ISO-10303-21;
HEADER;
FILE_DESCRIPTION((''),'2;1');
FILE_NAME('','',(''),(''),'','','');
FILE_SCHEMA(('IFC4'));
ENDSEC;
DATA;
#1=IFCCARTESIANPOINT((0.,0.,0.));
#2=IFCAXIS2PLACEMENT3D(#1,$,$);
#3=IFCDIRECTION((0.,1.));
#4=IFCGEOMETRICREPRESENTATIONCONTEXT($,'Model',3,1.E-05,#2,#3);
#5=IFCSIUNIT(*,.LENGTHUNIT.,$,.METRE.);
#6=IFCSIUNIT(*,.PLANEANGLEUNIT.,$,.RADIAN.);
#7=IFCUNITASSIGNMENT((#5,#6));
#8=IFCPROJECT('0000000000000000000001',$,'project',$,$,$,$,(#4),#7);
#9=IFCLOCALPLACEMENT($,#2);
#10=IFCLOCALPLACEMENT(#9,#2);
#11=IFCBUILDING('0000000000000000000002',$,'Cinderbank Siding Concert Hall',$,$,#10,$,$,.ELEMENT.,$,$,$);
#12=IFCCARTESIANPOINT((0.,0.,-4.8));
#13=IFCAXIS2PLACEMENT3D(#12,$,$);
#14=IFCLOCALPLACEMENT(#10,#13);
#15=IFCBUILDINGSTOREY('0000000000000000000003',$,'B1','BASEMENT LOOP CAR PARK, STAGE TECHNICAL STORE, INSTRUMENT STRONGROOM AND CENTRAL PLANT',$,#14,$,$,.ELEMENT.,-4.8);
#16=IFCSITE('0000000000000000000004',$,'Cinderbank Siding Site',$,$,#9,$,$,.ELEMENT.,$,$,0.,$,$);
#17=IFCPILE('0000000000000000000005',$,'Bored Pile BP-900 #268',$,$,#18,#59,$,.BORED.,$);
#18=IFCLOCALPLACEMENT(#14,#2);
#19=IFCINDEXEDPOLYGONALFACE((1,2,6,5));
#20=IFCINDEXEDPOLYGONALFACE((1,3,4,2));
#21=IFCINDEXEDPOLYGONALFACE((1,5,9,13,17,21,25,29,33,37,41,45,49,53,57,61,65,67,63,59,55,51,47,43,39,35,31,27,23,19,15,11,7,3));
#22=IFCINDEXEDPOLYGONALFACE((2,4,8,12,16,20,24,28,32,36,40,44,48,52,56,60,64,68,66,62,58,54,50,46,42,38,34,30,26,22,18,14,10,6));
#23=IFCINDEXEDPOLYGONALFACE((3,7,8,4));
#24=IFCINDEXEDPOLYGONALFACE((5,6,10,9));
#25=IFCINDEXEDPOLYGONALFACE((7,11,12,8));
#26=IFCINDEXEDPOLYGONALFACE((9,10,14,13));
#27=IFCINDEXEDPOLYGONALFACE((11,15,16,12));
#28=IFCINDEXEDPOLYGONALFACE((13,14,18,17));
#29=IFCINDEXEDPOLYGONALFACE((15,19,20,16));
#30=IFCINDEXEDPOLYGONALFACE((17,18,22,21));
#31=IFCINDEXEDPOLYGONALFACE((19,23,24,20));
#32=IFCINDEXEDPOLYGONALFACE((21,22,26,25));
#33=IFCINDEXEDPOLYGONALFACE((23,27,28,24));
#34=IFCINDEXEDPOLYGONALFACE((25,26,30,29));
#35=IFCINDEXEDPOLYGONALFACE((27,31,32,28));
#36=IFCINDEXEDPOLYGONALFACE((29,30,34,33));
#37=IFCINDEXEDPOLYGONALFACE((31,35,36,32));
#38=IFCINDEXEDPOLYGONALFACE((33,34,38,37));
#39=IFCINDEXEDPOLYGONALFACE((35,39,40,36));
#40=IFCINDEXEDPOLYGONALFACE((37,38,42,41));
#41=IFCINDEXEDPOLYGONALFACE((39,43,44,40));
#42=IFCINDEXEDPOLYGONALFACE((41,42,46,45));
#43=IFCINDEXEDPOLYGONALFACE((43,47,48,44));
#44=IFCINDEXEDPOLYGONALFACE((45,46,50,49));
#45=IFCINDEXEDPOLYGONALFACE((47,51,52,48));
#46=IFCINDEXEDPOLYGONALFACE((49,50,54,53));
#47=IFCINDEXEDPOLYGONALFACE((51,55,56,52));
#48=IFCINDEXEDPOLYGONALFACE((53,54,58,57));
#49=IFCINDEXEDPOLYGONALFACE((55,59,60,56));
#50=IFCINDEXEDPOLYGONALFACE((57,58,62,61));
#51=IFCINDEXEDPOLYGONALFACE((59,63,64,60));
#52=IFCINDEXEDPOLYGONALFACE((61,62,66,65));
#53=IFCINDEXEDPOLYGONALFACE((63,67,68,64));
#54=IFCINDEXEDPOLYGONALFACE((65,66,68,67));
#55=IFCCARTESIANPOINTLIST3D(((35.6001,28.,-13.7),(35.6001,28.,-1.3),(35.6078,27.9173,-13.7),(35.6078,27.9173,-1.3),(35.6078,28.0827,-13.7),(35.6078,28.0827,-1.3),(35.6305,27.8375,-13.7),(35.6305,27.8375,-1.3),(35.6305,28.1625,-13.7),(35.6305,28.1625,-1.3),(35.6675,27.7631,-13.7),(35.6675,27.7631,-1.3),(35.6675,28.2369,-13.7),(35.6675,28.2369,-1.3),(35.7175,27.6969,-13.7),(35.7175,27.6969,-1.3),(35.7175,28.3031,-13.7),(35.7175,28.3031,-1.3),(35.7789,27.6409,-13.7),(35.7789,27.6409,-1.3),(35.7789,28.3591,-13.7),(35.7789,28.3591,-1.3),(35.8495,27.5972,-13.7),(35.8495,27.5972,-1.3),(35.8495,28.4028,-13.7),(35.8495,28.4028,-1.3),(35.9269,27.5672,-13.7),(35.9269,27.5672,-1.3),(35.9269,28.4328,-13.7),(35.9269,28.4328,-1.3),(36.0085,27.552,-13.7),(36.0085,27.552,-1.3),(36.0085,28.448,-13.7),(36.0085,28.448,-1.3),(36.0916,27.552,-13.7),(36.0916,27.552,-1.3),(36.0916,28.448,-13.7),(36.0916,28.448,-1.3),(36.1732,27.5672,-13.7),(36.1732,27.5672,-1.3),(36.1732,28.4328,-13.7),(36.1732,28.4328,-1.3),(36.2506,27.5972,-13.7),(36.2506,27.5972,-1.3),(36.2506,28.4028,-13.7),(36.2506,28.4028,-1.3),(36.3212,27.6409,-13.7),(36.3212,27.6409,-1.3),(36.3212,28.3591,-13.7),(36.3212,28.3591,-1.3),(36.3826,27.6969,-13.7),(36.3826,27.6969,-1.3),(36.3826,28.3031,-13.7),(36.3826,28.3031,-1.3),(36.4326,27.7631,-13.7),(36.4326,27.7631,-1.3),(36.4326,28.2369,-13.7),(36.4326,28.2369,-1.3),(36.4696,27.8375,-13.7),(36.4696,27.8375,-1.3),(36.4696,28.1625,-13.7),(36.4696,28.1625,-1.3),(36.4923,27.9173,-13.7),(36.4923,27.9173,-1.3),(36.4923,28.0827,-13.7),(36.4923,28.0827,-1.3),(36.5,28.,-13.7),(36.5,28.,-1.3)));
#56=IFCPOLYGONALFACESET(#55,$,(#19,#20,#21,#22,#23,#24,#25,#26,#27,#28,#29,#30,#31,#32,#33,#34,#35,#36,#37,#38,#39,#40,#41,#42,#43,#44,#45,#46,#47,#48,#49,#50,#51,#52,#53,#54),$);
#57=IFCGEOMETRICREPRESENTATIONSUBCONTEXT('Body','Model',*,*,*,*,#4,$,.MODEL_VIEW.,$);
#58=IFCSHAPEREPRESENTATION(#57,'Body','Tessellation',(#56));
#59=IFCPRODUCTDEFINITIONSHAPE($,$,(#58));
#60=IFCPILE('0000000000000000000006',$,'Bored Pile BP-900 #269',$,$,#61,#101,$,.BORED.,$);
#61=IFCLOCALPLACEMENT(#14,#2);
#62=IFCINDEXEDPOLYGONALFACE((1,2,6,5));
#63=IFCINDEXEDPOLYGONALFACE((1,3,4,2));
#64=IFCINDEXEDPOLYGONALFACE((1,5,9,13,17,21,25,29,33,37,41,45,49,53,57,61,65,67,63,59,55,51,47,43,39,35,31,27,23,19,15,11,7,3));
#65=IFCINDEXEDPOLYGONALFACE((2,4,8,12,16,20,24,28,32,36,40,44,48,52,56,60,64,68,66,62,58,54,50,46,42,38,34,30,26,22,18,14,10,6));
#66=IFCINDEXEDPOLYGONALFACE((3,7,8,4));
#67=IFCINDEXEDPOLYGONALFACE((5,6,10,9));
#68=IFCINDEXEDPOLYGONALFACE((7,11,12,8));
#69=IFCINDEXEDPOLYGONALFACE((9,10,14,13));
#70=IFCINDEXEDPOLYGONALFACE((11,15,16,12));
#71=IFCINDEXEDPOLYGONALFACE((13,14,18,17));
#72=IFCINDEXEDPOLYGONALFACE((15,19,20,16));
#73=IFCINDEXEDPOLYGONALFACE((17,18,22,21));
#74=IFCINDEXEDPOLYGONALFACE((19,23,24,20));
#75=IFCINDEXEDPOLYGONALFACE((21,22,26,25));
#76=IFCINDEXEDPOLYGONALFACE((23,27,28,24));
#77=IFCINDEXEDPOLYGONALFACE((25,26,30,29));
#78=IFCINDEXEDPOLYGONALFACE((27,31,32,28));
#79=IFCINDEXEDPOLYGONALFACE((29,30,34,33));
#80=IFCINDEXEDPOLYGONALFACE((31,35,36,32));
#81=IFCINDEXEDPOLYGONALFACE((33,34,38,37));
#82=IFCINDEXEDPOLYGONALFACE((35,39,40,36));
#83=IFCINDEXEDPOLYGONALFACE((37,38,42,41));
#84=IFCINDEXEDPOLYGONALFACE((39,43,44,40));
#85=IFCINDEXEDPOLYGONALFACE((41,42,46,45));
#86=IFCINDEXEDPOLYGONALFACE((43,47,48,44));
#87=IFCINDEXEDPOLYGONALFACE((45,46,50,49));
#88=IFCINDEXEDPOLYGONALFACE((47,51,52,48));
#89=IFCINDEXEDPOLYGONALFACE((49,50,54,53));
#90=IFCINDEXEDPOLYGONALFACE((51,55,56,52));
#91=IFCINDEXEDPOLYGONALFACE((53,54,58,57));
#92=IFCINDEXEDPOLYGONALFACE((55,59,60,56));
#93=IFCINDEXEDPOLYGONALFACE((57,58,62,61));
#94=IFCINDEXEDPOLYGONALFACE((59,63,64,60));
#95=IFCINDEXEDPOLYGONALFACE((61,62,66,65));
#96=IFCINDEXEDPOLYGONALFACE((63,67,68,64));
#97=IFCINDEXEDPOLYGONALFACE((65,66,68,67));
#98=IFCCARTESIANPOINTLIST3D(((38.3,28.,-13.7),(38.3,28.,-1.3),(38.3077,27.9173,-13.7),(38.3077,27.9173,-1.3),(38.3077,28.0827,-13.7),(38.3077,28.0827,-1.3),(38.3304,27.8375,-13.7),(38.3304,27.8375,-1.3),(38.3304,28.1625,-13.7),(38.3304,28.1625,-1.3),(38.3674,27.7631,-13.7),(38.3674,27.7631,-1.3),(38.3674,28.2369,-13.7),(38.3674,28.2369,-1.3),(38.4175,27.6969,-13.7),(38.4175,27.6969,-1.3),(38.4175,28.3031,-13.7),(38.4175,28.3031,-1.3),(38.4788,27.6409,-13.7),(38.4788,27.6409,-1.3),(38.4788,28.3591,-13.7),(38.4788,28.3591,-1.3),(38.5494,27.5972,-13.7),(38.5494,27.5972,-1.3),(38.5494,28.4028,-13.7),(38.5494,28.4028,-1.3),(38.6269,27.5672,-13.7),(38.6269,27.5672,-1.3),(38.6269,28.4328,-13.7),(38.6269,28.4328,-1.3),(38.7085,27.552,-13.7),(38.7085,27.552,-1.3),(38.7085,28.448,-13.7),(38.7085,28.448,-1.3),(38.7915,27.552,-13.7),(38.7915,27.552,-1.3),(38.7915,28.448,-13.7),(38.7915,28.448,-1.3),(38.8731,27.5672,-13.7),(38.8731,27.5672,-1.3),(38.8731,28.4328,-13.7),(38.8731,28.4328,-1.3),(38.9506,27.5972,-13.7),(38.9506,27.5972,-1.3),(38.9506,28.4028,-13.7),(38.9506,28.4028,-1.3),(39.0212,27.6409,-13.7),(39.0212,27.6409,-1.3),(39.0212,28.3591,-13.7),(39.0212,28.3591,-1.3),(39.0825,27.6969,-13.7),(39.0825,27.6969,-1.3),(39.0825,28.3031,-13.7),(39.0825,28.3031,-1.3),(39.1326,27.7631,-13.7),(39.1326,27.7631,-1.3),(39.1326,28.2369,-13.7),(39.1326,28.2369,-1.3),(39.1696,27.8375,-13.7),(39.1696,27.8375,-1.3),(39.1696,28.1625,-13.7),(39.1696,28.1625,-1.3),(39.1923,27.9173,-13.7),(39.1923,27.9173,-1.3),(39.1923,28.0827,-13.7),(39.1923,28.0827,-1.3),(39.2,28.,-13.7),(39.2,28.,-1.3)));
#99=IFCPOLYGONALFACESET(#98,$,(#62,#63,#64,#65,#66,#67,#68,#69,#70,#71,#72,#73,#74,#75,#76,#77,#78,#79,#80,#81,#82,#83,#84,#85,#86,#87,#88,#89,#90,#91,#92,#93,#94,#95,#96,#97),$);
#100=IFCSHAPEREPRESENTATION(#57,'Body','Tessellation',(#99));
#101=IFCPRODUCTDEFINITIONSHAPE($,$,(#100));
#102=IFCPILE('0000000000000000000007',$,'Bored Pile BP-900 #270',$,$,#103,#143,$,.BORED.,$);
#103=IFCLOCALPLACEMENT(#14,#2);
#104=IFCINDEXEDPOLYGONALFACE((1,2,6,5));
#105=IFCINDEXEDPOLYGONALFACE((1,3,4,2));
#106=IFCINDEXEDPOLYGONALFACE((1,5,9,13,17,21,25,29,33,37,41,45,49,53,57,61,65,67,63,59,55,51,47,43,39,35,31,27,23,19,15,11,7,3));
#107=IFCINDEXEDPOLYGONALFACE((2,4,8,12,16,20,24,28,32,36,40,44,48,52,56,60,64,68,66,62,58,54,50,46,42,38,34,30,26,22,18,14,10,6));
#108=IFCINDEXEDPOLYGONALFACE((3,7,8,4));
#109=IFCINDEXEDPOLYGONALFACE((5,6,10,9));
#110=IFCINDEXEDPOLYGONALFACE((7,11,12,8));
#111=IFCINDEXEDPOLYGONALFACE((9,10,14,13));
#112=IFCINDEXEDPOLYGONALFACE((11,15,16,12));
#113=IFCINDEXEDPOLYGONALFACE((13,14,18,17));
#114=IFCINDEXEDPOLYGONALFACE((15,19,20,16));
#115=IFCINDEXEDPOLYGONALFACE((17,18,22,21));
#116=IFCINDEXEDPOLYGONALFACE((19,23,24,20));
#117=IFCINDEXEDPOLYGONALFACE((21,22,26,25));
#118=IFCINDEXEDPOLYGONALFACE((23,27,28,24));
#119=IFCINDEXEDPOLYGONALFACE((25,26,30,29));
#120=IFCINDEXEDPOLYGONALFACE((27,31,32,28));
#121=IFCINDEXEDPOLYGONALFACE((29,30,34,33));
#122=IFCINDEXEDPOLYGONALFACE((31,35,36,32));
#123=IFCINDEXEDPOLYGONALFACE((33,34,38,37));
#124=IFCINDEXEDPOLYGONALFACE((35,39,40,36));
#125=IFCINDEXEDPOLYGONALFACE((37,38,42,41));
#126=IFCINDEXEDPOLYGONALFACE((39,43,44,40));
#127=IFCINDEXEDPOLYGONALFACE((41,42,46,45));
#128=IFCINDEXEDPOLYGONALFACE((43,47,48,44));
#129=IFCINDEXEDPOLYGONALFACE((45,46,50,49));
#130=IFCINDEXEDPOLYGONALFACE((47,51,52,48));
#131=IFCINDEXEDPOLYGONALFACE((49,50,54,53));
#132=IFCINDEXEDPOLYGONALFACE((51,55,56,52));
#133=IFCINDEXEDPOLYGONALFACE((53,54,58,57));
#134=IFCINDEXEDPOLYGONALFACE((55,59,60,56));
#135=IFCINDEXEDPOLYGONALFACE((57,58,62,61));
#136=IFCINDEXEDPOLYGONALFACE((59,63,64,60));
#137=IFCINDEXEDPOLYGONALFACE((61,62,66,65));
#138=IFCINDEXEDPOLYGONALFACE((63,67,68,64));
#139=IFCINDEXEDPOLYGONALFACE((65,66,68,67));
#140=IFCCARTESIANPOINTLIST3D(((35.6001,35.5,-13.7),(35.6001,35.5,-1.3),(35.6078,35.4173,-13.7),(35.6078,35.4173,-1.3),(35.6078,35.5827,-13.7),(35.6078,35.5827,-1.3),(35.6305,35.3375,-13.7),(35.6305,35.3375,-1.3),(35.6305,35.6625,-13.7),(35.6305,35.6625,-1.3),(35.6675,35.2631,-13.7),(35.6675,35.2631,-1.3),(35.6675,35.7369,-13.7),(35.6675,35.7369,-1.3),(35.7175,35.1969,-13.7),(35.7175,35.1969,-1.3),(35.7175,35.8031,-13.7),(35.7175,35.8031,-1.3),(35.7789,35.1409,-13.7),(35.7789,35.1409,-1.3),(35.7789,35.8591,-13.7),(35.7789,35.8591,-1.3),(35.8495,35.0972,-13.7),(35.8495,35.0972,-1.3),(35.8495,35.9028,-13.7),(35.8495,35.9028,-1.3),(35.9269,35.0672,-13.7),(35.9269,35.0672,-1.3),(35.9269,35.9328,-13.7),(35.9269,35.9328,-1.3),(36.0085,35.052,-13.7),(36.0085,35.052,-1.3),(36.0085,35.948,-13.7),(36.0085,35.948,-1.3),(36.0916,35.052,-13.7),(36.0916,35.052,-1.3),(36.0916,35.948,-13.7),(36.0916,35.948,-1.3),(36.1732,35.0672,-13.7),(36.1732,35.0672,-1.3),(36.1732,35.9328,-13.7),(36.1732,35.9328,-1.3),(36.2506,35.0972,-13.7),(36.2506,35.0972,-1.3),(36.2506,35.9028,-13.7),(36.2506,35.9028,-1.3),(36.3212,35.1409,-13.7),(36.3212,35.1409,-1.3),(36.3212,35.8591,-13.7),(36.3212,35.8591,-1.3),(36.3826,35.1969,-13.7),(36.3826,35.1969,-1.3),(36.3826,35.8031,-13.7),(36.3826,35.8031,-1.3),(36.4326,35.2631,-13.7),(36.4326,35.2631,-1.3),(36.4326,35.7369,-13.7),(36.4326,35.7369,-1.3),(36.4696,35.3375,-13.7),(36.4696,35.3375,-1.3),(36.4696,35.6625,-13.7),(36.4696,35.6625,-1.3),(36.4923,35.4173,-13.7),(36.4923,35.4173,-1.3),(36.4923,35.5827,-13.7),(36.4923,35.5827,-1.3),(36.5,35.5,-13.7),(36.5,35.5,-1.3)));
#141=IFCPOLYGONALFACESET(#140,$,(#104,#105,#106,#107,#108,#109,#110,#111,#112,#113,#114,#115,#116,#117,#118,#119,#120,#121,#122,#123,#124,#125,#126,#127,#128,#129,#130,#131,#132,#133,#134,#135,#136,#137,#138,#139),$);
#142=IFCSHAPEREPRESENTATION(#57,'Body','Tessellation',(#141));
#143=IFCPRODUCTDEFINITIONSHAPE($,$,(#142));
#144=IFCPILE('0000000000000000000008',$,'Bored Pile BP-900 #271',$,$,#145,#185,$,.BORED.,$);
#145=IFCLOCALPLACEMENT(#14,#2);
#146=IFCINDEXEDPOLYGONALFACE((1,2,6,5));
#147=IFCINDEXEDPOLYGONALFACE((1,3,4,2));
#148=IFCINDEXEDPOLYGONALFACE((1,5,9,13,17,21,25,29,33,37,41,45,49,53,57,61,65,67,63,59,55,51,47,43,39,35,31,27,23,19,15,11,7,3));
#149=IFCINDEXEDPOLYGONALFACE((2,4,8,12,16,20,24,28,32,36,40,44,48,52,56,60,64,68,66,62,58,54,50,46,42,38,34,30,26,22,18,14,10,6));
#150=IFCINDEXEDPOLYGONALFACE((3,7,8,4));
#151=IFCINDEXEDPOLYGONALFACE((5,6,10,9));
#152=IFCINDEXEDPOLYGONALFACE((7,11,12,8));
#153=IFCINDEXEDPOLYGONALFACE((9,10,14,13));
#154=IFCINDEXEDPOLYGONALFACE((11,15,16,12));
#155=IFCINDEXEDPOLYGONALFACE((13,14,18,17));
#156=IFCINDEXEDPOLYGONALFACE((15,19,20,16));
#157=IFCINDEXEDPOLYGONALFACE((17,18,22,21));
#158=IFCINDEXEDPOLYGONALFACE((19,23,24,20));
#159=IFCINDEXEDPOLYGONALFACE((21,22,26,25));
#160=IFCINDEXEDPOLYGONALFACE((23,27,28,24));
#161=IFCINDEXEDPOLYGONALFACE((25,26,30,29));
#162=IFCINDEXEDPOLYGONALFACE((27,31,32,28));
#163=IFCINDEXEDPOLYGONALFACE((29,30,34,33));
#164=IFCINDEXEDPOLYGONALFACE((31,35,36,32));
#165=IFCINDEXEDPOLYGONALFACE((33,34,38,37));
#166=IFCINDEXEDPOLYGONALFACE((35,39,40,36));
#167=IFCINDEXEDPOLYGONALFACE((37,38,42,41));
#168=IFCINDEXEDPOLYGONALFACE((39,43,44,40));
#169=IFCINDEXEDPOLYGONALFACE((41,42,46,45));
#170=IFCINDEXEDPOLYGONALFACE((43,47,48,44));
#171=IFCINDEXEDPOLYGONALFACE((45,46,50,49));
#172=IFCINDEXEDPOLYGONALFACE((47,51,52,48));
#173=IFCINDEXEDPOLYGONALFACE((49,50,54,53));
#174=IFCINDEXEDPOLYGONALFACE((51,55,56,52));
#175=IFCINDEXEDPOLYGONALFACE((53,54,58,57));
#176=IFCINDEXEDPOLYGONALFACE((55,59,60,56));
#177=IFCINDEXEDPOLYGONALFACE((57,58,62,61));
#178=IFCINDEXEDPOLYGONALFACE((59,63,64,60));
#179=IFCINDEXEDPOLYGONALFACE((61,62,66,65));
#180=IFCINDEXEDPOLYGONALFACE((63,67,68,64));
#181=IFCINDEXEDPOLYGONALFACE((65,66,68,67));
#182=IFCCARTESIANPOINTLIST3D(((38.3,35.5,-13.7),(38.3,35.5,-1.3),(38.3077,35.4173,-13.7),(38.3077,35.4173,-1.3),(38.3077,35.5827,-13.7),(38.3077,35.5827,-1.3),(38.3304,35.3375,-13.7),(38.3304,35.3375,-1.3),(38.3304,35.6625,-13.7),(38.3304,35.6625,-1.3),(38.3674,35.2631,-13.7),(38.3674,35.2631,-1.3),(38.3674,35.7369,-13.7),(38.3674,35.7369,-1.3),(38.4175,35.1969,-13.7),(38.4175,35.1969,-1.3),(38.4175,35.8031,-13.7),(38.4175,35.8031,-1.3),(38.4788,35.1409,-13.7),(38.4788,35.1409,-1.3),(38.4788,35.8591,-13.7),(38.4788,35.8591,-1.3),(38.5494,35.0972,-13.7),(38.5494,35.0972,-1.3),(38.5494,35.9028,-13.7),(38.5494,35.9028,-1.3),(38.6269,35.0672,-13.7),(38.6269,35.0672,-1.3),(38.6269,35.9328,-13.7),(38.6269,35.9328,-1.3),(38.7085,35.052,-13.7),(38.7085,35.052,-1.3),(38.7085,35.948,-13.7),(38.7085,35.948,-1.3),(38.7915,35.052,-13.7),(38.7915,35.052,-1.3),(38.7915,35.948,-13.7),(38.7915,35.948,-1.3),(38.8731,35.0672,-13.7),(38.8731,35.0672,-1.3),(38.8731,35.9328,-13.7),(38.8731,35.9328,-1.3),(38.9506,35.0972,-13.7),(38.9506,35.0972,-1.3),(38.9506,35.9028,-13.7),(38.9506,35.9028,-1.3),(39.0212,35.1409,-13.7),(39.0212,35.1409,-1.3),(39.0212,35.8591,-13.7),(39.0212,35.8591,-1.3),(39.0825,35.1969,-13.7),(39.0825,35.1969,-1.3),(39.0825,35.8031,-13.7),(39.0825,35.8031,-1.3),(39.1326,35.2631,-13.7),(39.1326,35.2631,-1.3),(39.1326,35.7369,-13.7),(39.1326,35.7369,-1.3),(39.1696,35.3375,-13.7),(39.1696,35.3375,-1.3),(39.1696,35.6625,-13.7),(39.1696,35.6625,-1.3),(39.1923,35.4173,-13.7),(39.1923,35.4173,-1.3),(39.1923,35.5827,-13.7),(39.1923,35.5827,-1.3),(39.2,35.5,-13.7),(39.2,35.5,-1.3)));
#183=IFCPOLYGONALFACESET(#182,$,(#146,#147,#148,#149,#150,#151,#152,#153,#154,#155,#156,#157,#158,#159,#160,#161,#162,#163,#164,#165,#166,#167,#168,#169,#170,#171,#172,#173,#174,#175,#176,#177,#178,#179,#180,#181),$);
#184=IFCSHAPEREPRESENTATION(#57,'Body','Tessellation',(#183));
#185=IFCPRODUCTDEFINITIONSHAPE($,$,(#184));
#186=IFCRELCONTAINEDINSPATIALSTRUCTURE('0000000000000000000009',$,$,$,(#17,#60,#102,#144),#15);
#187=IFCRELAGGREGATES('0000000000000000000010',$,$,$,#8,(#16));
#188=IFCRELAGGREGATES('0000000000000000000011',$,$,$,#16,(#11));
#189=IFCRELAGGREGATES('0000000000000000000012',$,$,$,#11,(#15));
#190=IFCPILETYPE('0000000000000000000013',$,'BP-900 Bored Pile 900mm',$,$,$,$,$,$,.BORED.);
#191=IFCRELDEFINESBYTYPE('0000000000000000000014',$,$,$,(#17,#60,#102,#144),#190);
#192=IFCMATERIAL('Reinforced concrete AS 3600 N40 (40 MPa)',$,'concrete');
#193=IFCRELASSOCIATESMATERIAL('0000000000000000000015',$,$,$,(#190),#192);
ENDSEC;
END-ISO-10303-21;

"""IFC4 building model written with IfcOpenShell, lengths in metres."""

from ifc_helpers import new_model, si_unit, direction, frame, origin, origin_2d, place, context, subcontext, project, spatial, circle, extrude, material, material_profile, profile_set, type_object, element, save


model = new_model("IFC4")

# Units and contexts
model_context = context("Model", 3, precision=1e-05, world=origin(), true_north=direction((0.0, 1.0)))
body_context = subcontext(model_context, "Body", "Model", "MODEL_VIEW")
ifc_project = project(units=[si_unit("LENGTHUNIT", "METRE"), si_unit("PLANEANGLEUNIT", "RADIAN")], contexts=[model_context])

# Site, building, storey
site_placement = place(None, origin())
site = spatial("IfcSite", under=ifc_project, at=site_placement, Name="Cinderbank Siding Site", CompositionType="ELEMENT", RefElevation=0.0)
building_placement = place(site_placement, origin())
building = spatial("IfcBuilding", under=site, at=building_placement, Name="Cinderbank Siding Concert Hall", CompositionType="ELEMENT")
storey_placement = place(building_placement, frame((0.0, 0.0, -4.8)))
storey = spatial("IfcBuildingStorey", under=building, at=storey_placement, Name="B1", Description="BASEMENT LOOP CAR PARK, STAGE TECHNICAL STORE, INSTRUMENT STRONGROOM AND CENTRAL PLANT", CompositionType="ELEMENT", Elevation=-4.8)

# Piles
ifc_material_1 = material(Name="Reinforced concrete AS 3600 N40 (40 MPa)", Category="concrete")
ifc_material_profile_1 = material_profile(ifc_material_1, circle(Radius=0.45, at=origin_2d()), Name="PILE-900DIA", Category="LoadBearing")
ifc_profile_set_1 = profile_set([ifc_material_profile_1], Name="Reinforced concrete AS 3600 N40 (40 MPa)")
pile_type = type_object("IfcPileType", Name="BP-900 Bored Pile 900mm", PredefinedType="BORED", material=ifc_profile_set_1)
for number, where, z_axis, x_axis, name in (
    (1, (36.05, 28.0, -1.3), (0.0, 0.0, -1.0), (1.0, 0.0, 0.0), "Bored Pile BP-900 #268"),
    (2, (38.75, 28.0, -1.3), (0.0, 0.0, -1.0), (1.0, 0.0, 0.0), "Bored Pile BP-900 #269"),
    (3, (36.05, 35.5, -1.3), (0.0, 0.0, -1.0), (1.0, 0.0, 0.0), "Bored Pile BP-900 #270"),
    (4, (38.75, 35.5, -1.3), (0.0, 0.0, -1.0), (1.0, 0.0, 0.0), "Bored Pile BP-900 #271"),
):
    element("IfcPile", number, at=place(storey_placement, frame(where, z_axis=z_axis, x_axis=x_axis)), inside=storey, type_object=pile_type, Name=name, PredefinedType="BORED", context=body_context, shape_type="SweptSolid", body=[
        extrude(circle(Radius=0.45, at=origin_2d()), origin(), (0.0, 0.0, 1.0), 12.3999),
    ])

save(model, "model.ifc")
